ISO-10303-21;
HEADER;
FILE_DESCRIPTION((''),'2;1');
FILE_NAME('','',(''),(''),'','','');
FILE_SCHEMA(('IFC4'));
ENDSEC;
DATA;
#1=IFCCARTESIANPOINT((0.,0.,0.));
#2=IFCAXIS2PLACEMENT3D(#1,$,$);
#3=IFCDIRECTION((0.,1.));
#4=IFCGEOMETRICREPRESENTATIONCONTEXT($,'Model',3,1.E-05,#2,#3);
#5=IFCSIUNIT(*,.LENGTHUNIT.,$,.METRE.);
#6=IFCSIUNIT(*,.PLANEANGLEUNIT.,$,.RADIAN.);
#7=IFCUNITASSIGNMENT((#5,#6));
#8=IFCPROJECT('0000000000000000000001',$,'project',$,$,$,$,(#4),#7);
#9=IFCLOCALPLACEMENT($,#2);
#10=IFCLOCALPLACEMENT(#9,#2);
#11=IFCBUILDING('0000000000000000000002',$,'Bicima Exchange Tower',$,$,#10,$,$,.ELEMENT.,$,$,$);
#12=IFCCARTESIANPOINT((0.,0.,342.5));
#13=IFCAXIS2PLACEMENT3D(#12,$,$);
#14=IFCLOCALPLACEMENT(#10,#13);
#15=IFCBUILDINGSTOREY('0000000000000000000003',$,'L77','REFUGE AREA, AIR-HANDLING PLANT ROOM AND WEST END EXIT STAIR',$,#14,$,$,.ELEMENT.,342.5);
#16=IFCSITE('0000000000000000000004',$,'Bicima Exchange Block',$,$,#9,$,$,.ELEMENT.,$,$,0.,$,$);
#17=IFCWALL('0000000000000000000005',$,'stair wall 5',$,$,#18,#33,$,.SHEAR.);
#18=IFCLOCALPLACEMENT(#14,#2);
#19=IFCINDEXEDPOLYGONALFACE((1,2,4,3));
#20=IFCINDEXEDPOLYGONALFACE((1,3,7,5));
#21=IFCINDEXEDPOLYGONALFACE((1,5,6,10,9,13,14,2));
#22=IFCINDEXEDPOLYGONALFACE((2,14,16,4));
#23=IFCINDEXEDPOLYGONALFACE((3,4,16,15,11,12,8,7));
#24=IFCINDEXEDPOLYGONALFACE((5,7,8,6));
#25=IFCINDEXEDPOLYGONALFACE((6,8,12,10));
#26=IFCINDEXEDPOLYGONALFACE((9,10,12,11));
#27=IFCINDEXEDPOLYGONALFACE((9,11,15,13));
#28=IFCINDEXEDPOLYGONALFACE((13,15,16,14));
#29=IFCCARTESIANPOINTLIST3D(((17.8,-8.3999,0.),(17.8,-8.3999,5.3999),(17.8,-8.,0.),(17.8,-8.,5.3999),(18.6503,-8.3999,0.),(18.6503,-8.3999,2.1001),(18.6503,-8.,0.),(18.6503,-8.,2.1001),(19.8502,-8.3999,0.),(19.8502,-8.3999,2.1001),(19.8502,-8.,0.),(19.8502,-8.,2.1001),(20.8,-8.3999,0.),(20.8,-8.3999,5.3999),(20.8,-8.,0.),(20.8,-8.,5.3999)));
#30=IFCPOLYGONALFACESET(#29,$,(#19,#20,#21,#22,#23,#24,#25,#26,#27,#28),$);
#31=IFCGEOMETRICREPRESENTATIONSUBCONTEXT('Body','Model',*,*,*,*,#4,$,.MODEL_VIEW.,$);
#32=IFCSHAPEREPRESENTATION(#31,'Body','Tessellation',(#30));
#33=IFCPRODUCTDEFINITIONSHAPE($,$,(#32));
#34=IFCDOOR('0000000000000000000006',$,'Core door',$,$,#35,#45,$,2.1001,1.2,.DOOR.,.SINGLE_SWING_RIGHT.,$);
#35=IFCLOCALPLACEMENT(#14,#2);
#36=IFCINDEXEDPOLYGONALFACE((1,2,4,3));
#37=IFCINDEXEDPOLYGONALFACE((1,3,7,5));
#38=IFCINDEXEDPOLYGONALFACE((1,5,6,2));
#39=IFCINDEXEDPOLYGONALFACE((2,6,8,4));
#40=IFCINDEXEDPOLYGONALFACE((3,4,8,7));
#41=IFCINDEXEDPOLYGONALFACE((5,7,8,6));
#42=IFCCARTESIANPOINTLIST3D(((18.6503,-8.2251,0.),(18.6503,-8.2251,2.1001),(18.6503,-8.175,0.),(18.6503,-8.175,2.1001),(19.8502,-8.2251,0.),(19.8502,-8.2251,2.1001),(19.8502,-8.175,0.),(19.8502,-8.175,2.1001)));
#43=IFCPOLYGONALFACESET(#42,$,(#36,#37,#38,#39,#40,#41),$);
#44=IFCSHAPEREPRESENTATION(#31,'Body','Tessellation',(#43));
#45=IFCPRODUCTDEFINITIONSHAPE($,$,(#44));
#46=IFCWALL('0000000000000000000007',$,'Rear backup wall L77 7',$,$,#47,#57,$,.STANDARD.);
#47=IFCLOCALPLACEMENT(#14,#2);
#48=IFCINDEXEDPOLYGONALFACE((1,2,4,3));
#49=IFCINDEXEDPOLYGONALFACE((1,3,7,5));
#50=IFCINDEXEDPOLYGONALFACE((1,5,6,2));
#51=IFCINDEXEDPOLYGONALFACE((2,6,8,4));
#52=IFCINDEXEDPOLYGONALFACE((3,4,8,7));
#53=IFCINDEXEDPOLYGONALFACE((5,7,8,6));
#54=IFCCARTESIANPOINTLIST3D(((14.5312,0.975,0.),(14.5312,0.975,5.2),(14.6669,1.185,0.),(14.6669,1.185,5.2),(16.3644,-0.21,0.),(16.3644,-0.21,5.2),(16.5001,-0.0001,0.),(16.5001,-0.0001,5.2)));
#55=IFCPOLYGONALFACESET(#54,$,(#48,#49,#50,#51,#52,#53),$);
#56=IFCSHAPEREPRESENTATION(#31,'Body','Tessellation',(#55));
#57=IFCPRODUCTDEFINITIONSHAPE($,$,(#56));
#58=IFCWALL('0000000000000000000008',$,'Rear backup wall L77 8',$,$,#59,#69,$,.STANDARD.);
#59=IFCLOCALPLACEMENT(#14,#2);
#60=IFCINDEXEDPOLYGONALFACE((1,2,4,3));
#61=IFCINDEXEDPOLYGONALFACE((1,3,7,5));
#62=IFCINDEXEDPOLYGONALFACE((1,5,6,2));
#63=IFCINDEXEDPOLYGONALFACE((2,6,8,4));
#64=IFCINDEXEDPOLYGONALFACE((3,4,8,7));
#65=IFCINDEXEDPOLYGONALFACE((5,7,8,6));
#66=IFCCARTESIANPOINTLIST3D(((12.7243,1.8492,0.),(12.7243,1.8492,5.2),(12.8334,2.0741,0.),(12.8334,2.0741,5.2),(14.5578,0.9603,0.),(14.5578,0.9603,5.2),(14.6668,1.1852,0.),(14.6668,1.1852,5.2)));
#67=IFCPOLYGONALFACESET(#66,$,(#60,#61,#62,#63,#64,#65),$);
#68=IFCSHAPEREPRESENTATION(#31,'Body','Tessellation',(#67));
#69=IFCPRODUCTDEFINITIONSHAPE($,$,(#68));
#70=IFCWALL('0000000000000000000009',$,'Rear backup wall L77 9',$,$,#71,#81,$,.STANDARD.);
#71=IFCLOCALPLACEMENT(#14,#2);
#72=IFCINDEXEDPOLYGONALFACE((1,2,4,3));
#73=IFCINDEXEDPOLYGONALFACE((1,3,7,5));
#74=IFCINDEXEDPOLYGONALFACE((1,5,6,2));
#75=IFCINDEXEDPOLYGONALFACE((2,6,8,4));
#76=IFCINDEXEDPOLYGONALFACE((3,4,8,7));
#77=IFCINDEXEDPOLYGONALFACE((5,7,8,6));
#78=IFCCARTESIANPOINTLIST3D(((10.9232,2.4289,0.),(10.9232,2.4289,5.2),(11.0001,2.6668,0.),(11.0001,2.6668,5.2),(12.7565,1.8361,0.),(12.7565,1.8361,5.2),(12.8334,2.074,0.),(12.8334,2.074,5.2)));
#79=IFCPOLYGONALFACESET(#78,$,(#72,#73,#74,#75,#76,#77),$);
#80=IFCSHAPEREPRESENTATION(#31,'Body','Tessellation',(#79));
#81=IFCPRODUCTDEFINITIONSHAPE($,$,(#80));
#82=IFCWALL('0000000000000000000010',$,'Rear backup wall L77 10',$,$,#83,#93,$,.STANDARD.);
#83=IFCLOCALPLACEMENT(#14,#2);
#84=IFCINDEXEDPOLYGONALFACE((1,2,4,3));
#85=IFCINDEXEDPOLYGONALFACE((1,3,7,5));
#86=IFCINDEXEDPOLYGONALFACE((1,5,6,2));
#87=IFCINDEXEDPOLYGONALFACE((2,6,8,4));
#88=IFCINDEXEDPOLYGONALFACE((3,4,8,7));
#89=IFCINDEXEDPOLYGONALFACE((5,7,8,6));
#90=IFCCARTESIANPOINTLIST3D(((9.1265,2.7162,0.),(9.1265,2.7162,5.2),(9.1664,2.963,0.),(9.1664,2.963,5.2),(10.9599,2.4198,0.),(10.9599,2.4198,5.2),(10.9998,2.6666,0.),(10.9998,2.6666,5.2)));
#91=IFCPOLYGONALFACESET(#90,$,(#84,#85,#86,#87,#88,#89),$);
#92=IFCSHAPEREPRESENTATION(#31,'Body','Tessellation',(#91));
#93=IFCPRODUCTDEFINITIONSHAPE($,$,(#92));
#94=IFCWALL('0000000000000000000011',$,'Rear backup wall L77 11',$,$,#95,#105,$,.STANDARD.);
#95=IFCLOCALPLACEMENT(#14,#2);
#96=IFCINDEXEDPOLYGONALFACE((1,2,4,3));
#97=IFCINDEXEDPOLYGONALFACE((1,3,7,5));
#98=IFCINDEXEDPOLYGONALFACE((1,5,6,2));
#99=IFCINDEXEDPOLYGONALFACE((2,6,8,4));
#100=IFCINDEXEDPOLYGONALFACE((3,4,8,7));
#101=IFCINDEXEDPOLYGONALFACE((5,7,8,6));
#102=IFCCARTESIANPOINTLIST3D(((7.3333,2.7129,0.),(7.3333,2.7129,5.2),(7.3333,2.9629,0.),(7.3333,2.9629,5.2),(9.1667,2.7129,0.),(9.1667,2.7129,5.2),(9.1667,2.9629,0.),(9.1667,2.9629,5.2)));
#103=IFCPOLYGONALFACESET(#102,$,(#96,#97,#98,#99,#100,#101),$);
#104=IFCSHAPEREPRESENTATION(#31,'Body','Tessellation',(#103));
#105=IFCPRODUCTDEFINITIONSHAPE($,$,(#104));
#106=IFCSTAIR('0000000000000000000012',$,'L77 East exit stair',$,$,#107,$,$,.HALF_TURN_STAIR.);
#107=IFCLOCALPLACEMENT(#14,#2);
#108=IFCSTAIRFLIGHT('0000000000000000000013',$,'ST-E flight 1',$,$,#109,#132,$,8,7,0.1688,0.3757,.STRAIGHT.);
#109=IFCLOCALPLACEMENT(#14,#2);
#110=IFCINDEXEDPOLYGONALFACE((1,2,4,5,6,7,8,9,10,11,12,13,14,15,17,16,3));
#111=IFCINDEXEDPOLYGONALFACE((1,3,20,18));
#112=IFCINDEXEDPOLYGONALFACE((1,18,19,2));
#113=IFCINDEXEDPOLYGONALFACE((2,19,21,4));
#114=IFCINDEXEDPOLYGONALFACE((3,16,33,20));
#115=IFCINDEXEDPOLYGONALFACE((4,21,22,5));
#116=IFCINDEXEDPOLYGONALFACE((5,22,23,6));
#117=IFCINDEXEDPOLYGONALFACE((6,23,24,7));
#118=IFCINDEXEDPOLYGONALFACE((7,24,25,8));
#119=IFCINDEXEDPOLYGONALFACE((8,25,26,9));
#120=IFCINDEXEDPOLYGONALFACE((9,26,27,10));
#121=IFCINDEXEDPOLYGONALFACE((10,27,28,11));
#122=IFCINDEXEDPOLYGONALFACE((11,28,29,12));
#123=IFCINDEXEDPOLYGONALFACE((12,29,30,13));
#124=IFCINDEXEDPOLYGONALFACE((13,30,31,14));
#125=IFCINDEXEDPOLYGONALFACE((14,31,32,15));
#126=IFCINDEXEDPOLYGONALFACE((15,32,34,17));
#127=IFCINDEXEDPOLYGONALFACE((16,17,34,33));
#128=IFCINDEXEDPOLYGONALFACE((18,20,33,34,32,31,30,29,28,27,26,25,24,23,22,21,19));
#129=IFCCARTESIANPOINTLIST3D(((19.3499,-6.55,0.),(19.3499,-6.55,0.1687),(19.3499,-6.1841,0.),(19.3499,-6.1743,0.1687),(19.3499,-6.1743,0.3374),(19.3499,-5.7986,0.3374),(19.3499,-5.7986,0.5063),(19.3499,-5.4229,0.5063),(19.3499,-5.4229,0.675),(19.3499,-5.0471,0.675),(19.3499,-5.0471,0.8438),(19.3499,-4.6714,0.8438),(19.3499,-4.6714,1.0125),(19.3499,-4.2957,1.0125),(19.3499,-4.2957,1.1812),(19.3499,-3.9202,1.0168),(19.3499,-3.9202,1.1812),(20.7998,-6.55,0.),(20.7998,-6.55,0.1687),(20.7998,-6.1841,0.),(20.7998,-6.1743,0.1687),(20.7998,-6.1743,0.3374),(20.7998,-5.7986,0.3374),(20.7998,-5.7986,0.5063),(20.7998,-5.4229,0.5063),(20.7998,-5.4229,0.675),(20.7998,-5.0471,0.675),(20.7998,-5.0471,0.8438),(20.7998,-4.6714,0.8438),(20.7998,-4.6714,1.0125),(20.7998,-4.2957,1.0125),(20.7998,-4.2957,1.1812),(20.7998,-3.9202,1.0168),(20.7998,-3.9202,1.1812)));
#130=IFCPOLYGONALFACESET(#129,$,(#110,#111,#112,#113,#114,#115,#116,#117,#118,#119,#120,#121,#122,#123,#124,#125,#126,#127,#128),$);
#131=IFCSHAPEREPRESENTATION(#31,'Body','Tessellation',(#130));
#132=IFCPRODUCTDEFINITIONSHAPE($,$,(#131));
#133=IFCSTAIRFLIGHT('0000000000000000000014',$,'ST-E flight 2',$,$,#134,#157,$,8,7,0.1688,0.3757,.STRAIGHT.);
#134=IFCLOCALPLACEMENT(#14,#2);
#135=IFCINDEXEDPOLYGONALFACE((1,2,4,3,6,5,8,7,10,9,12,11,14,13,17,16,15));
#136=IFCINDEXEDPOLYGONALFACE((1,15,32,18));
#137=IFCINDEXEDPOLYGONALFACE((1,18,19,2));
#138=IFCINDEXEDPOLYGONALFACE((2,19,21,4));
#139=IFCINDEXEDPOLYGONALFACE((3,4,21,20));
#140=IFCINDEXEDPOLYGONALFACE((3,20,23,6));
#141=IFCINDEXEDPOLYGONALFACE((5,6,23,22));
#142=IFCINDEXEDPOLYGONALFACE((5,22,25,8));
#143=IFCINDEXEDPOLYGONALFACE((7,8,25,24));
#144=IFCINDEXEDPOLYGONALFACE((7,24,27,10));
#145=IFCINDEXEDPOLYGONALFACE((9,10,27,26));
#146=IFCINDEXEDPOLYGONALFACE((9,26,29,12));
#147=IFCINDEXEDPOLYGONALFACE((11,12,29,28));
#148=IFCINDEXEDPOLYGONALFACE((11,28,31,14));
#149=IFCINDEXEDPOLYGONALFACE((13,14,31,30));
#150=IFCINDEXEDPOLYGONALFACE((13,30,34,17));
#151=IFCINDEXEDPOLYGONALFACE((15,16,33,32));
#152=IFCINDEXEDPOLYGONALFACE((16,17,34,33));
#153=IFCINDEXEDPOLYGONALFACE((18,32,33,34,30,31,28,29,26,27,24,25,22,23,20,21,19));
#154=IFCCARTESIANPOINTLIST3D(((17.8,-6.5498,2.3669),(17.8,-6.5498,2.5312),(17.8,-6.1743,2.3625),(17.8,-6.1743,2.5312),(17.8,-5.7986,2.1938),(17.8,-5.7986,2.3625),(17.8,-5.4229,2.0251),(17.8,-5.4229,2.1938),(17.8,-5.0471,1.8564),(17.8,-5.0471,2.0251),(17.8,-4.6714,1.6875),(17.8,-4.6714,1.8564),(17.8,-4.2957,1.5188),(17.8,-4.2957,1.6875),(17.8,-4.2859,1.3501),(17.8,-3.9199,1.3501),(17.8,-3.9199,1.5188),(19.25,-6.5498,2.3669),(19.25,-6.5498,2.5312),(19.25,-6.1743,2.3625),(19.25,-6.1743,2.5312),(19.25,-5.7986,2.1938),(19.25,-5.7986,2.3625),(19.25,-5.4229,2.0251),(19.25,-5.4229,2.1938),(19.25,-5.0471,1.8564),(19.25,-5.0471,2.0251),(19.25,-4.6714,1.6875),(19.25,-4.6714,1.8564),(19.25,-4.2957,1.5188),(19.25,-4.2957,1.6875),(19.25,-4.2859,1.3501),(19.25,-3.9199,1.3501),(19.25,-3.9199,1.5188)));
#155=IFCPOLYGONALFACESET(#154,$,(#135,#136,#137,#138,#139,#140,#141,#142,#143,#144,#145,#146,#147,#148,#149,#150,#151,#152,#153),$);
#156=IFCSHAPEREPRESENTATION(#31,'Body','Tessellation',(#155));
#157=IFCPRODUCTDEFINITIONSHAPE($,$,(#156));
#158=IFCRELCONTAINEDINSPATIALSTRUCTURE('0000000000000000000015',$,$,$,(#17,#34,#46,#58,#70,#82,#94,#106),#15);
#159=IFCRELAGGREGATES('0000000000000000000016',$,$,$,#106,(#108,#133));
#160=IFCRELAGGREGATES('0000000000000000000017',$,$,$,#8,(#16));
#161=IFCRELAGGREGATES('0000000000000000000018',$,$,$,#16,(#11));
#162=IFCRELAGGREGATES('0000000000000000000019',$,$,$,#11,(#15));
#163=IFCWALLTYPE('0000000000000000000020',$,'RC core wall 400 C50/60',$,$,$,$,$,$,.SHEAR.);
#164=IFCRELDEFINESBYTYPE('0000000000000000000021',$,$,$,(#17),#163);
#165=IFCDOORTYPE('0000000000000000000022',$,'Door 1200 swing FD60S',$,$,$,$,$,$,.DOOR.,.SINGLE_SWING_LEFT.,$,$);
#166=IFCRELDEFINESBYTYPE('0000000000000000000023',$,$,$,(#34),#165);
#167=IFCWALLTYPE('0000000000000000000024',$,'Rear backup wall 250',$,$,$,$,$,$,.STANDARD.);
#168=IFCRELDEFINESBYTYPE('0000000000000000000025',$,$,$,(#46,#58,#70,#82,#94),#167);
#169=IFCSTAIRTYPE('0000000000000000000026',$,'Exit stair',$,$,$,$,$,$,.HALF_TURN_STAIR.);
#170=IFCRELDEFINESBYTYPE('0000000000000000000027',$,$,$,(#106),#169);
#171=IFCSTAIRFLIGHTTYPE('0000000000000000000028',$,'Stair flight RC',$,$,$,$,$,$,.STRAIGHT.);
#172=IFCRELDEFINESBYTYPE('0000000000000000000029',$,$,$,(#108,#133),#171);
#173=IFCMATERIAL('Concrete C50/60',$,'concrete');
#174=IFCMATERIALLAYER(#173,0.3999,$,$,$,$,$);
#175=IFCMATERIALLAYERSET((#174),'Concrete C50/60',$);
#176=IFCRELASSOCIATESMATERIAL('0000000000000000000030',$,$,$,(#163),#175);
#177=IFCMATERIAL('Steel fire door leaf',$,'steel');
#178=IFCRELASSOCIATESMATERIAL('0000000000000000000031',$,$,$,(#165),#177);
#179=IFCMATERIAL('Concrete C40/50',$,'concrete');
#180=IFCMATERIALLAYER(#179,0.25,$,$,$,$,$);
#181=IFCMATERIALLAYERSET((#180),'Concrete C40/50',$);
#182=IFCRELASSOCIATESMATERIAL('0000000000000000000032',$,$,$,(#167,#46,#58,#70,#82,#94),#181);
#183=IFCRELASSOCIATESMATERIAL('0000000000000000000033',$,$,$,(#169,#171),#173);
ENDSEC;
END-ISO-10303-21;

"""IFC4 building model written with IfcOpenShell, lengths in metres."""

from ifc_helpers import new_model, si_unit, direction, frame, frame_2d, origin, place, context, subcontext, project, spatial, polyline, rectangle, outline, extrude, material, layer, layer_set, layer_usage, type_object, element, fill, aggregate, save


model = new_model("IFC4")

# Units and contexts
model_context = context("Model", 3, precision=1e-05, world=origin(), true_north=direction((0.0, 1.0)))
body_context = subcontext(model_context, "Body", "Model", "MODEL_VIEW")
ifc_project = project(units=[si_unit("LENGTHUNIT", "METRE"), si_unit("PLANEANGLEUNIT", "RADIAN")], contexts=[model_context])

# Site, building, storey
site_placement = place(None, origin())
site = spatial("IfcSite", under=ifc_project, at=site_placement, Name="Bicima Exchange Block", CompositionType="ELEMENT", RefElevation=0.0)
building_placement = place(site_placement, origin())
building = spatial("IfcBuilding", under=site, at=building_placement, Name="Bicima Exchange Tower", CompositionType="ELEMENT")
storey_placement = place(building_placement, frame((0.0, 0.0, 342.5)))
storey = spatial("IfcBuildingStorey", under=building, at=storey_placement, Name="L77", Description="REFUGE AREA, AIR-HANDLING PLANT ROOM AND WEST END EXIT STAIR", CompositionType="ELEMENT", Elevation=342.5)

# Wall, opening, door
ifc_material_1 = material(Name="Concrete C50/60", Category="concrete")
ifc_layer_1 = layer(ifc_material_1, 0.3999)
ifc_layer_set_1 = layer_set([ifc_layer_1], Name="Concrete C50/60")
wall_type_1 = type_object("IfcWallType", Name="RC core wall 400 C50/60", PredefinedType="SHEAR", material=ifc_layer_set_1)
wall_1_placement = place(storey_placement, frame((17.8, -8.2, 0.0), z_axis=(0.0, 0.0, 1.0), x_axis=(1.0, 0.0, 0.0)))
wall_1 = element("IfcWall", 1, at=wall_1_placement, inside=storey, type_object=wall_type_1, Name="stair wall 5", PredefinedType="SHEAR", context=body_context, shape_type="SweptSolid", body=[
    extrude(rectangle(XDim=3.0, YDim=0.3999, at=frame_2d((1.5, 0.0))), origin(), (0.0, 0.0, 1.0), 5.3999),
])
opening_placement = place(wall_1_placement, frame((0.8501, 0.0, 0.0)))
opening = element("IfcOpeningElement", 2, at=opening_placement, cuts=wall_1, PredefinedType="OPENING", context=body_context, shape_type="SweptSolid", body=[
    extrude(rectangle(XDim=1.2, YDim=2.1001, at=frame_2d((0.6001, 1.05))), frame((0.0, 0.2119, 0.0), z_axis=(0.0, -1.0, 0.0), x_axis=(1.0, 0.0, 0.0)), (0.0, 0.0, 1.0), 0.4238),
])
ifc_material_2 = material(Name="Steel fire door leaf", Category="steel")
door_type = type_object("IfcDoorType", Name="Door 1200 swing FD60S", OperationType="SINGLE_SWING_LEFT", PredefinedType="DOOR", material=ifc_material_2)
door_placement = place(opening_placement, origin())
door = element("IfcDoor", 3, at=door_placement, inside=storey, type_object=door_type, Name="Core door", OperationType="SINGLE_SWING_RIGHT", OverallHeight=2.1001, OverallWidth=1.2, PredefinedType="DOOR", context=body_context, shape_type="SweptSolid", body=[
    extrude(rectangle(XDim=1.2, YDim=2.1001, at=frame_2d((0.6001, 1.05))), frame((0.0, 0.0249, 0.0), z_axis=(0.0, -1.0, 0.0), x_axis=(1.0, 0.0, 0.0)), (0.0, 0.0, 1.0), 0.05),
])
fill(opening, door)

# Walls
ifc_material_3 = material(Name="Concrete C40/50", Category="concrete")
ifc_layer_2 = layer(ifc_material_3, 0.25)
ifc_layer_set_2 = layer_set([ifc_layer_2], Name="Concrete C40/50")
ifc_layer_usage = layer_usage(ifc_layer_set_2, "AXIS2", "POSITIVE", -0.125)
wall_type_2 = type_object("IfcWallType", Name="Rear backup wall 250", PredefinedType="STANDARD", material=ifc_layer_set_2)
wall_2_placement = place(storey_placement, frame((16.4321, -0.105, 0.0), z_axis=(0.0, 0.0, 1.0), x_axis=(-0.839813, 0.542876, 0.0)))
element("IfcWall", 4, at=wall_2_placement, inside=storey, type_object=wall_type_2, material=ifc_layer_usage, Name="Rear backup wall L77 7", PredefinedType="STANDARD", context=body_context, shape_type="SweptSolid", body=[
    extrude(rectangle(XDim=2.1829, YDim=0.25, at=frame_2d((1.0913, 0.0))), origin(), (0.0, 0.0, 1.0), 5.2),
])
wall_3_placement = place(storey_placement, frame((14.6123, 1.0728, 0.0), z_axis=(0.0, 0.0, 1.0), x_axis=(-0.899824, 0.436253, 0.0)))
element("IfcWall", 5, at=wall_3_placement, inside=storey, type_object=wall_type_2, material=ifc_layer_usage, Name="Rear backup wall L77 8", PredefinedType="STANDARD", context=body_context, shape_type="SweptSolid", body=[
    extrude(rectangle(XDim=2.0376, YDim=0.25, at=frame_2d((1.0188, 0.0))), origin(), (0.0, 0.0, 1.0), 5.2),
])
wall_4_placement = place(storey_placement, frame((12.7949, 1.9551, 0.0), z_axis=(0.0, 0.0, 1.0), x_axis=(-0.951496, 0.307662, 0.0)))
element("IfcWall", 6, at=wall_4_placement, inside=storey, type_object=wall_type_2, material=ifc_layer_usage, Name="Rear backup wall L77 9", PredefinedType="STANDARD", context=body_context, shape_type="SweptSolid", body=[
    extrude(rectangle(XDim=1.9268, YDim=0.25, at=frame_2d((0.9634, 0.0))), origin(), (0.0, 0.0, 1.0), 5.2),
])
wall_5_placement = place(storey_placement, frame((10.98, 2.5432, 0.0), z_axis=(0.0, 0.0, 1.0), x_axis=(-0.987182, 0.1596, 0.0)))
element("IfcWall", 7, at=wall_5_placement, inside=storey, type_object=wall_type_2, material=ifc_layer_usage, Name="Rear backup wall L77 10", PredefinedType="STANDARD", context=body_context, shape_type="SweptSolid", body=[
    extrude(rectangle(XDim=1.8572, YDim=0.25, at=frame_2d((0.9287, 0.0))), origin(), (0.0, 0.0, 1.0), 5.2),
])
wall_6_placement = place(storey_placement, frame((9.1667, 2.8379, 0.0), z_axis=(0.0, 0.0, 1.0), x_axis=(-1.0, 0.0, 0.0)))
element("IfcWall", 8, at=wall_6_placement, inside=storey, type_object=wall_type_2, material=ifc_layer_usage, Name="Rear backup wall L77 11", PredefinedType="STANDARD", context=body_context, shape_type="SweptSolid", body=[
    extrude(rectangle(XDim=1.8335, YDim=0.25, at=frame_2d((0.9167, 0.0))), origin(), (0.0, 0.0, 1.0), 5.2),
])

# Stair, stair flights
stair_type = type_object("IfcStairType", Name="Exit stair", PredefinedType="HALF_TURN_STAIR", material=ifc_material_1)
stair_placement = place(storey_placement, origin())
stair = element("IfcStair", 9, at=stair_placement, inside=storey, type_object=stair_type, Name="L77 East exit stair", PredefinedType="HALF_TURN_STAIR")
stair_flight_type = type_object("IfcStairFlightType", Name="Stair flight RC", PredefinedType="STRAIGHT", material=ifc_material_1)
stair_flight_1_placement = place(storey_placement, frame((20.075, -6.55, 0.0), z_axis=(0.0, 0.0, 1.0), x_axis=(0.0, 1.0, 0.0)))
stair_flight_1 = element("IfcStairFlight", 10, at=stair_flight_1_placement, type_object=stair_flight_type, Name="ST-E flight 1", NumberOfRisers=8, NumberOfTreads=7, PredefinedType="STRAIGHT", RiserHeight=0.1688, TreadLength=0.3757, context=body_context, shape_type="SweptSolid", body=[
    extrude(outline(polyline([(0.0, 0.0), (0.0, 0.1687), (0.3757, 0.1687), (0.3757, 0.3374), (0.7515, 0.3374), (0.7515, 0.5063), (1.1272, 0.5063), (1.1272, 0.675), (1.5029, 0.675), (1.5029, 0.8438), (1.8787, 0.8438), (1.8787, 1.0125), (2.2544, 1.0125), (2.2544, 1.1812), (2.6299, 1.1812), (2.6299, 1.3501), (2.6299, 1.0168), (0.366, 0.0), (0.0, 0.0)])), frame((0.0, 0.7251, 0.0), z_axis=(0.0, -1.0, 0.0), x_axis=(1.0, 0.0, 0.0)), (0.0, 0.0, 1.0), 1.45),
])
stair_flight_2_placement = place(storey_placement, frame((18.5249, -3.9199, 1.3501), z_axis=(0.0, 0.0, 1.0), x_axis=(0.0, -1.0, 0.0)))
stair_flight_2 = element("IfcStairFlight", 11, at=stair_flight_2_placement, type_object=stair_flight_type, Name="ST-E flight 2", NumberOfRisers=8, NumberOfTreads=7, PredefinedType="STRAIGHT", RiserHeight=0.1688, TreadLength=0.3757, context=body_context, shape_type="SweptSolid", body=[
    extrude(outline(polyline([(0.0, 0.0), (0.0, 0.1687), (0.3757, 0.1687), (0.3757, 0.3374), (0.7515, 0.3374), (0.7515, 0.5063), (1.1272, 0.5063), (1.1272, 0.675), (1.5029, 0.675), (1.5029, 0.8438), (1.8787, 0.8438), (1.8787, 1.0125), (2.2544, 1.0125), (2.2544, 1.1812), (2.6299, 1.1812), (2.6299, 1.3501), (2.6299, 1.0168), (0.366, 0.0), (0.0, 0.0)])), frame((0.0, 0.7251, 0.0), z_axis=(0.0, -1.0, 0.0), x_axis=(1.0, 0.0, 0.0)), (0.0, 0.0, 1.0), 1.45),
])
aggregate(stair, [stair_flight_1, stair_flight_2])

save(model, "model.ifc")
